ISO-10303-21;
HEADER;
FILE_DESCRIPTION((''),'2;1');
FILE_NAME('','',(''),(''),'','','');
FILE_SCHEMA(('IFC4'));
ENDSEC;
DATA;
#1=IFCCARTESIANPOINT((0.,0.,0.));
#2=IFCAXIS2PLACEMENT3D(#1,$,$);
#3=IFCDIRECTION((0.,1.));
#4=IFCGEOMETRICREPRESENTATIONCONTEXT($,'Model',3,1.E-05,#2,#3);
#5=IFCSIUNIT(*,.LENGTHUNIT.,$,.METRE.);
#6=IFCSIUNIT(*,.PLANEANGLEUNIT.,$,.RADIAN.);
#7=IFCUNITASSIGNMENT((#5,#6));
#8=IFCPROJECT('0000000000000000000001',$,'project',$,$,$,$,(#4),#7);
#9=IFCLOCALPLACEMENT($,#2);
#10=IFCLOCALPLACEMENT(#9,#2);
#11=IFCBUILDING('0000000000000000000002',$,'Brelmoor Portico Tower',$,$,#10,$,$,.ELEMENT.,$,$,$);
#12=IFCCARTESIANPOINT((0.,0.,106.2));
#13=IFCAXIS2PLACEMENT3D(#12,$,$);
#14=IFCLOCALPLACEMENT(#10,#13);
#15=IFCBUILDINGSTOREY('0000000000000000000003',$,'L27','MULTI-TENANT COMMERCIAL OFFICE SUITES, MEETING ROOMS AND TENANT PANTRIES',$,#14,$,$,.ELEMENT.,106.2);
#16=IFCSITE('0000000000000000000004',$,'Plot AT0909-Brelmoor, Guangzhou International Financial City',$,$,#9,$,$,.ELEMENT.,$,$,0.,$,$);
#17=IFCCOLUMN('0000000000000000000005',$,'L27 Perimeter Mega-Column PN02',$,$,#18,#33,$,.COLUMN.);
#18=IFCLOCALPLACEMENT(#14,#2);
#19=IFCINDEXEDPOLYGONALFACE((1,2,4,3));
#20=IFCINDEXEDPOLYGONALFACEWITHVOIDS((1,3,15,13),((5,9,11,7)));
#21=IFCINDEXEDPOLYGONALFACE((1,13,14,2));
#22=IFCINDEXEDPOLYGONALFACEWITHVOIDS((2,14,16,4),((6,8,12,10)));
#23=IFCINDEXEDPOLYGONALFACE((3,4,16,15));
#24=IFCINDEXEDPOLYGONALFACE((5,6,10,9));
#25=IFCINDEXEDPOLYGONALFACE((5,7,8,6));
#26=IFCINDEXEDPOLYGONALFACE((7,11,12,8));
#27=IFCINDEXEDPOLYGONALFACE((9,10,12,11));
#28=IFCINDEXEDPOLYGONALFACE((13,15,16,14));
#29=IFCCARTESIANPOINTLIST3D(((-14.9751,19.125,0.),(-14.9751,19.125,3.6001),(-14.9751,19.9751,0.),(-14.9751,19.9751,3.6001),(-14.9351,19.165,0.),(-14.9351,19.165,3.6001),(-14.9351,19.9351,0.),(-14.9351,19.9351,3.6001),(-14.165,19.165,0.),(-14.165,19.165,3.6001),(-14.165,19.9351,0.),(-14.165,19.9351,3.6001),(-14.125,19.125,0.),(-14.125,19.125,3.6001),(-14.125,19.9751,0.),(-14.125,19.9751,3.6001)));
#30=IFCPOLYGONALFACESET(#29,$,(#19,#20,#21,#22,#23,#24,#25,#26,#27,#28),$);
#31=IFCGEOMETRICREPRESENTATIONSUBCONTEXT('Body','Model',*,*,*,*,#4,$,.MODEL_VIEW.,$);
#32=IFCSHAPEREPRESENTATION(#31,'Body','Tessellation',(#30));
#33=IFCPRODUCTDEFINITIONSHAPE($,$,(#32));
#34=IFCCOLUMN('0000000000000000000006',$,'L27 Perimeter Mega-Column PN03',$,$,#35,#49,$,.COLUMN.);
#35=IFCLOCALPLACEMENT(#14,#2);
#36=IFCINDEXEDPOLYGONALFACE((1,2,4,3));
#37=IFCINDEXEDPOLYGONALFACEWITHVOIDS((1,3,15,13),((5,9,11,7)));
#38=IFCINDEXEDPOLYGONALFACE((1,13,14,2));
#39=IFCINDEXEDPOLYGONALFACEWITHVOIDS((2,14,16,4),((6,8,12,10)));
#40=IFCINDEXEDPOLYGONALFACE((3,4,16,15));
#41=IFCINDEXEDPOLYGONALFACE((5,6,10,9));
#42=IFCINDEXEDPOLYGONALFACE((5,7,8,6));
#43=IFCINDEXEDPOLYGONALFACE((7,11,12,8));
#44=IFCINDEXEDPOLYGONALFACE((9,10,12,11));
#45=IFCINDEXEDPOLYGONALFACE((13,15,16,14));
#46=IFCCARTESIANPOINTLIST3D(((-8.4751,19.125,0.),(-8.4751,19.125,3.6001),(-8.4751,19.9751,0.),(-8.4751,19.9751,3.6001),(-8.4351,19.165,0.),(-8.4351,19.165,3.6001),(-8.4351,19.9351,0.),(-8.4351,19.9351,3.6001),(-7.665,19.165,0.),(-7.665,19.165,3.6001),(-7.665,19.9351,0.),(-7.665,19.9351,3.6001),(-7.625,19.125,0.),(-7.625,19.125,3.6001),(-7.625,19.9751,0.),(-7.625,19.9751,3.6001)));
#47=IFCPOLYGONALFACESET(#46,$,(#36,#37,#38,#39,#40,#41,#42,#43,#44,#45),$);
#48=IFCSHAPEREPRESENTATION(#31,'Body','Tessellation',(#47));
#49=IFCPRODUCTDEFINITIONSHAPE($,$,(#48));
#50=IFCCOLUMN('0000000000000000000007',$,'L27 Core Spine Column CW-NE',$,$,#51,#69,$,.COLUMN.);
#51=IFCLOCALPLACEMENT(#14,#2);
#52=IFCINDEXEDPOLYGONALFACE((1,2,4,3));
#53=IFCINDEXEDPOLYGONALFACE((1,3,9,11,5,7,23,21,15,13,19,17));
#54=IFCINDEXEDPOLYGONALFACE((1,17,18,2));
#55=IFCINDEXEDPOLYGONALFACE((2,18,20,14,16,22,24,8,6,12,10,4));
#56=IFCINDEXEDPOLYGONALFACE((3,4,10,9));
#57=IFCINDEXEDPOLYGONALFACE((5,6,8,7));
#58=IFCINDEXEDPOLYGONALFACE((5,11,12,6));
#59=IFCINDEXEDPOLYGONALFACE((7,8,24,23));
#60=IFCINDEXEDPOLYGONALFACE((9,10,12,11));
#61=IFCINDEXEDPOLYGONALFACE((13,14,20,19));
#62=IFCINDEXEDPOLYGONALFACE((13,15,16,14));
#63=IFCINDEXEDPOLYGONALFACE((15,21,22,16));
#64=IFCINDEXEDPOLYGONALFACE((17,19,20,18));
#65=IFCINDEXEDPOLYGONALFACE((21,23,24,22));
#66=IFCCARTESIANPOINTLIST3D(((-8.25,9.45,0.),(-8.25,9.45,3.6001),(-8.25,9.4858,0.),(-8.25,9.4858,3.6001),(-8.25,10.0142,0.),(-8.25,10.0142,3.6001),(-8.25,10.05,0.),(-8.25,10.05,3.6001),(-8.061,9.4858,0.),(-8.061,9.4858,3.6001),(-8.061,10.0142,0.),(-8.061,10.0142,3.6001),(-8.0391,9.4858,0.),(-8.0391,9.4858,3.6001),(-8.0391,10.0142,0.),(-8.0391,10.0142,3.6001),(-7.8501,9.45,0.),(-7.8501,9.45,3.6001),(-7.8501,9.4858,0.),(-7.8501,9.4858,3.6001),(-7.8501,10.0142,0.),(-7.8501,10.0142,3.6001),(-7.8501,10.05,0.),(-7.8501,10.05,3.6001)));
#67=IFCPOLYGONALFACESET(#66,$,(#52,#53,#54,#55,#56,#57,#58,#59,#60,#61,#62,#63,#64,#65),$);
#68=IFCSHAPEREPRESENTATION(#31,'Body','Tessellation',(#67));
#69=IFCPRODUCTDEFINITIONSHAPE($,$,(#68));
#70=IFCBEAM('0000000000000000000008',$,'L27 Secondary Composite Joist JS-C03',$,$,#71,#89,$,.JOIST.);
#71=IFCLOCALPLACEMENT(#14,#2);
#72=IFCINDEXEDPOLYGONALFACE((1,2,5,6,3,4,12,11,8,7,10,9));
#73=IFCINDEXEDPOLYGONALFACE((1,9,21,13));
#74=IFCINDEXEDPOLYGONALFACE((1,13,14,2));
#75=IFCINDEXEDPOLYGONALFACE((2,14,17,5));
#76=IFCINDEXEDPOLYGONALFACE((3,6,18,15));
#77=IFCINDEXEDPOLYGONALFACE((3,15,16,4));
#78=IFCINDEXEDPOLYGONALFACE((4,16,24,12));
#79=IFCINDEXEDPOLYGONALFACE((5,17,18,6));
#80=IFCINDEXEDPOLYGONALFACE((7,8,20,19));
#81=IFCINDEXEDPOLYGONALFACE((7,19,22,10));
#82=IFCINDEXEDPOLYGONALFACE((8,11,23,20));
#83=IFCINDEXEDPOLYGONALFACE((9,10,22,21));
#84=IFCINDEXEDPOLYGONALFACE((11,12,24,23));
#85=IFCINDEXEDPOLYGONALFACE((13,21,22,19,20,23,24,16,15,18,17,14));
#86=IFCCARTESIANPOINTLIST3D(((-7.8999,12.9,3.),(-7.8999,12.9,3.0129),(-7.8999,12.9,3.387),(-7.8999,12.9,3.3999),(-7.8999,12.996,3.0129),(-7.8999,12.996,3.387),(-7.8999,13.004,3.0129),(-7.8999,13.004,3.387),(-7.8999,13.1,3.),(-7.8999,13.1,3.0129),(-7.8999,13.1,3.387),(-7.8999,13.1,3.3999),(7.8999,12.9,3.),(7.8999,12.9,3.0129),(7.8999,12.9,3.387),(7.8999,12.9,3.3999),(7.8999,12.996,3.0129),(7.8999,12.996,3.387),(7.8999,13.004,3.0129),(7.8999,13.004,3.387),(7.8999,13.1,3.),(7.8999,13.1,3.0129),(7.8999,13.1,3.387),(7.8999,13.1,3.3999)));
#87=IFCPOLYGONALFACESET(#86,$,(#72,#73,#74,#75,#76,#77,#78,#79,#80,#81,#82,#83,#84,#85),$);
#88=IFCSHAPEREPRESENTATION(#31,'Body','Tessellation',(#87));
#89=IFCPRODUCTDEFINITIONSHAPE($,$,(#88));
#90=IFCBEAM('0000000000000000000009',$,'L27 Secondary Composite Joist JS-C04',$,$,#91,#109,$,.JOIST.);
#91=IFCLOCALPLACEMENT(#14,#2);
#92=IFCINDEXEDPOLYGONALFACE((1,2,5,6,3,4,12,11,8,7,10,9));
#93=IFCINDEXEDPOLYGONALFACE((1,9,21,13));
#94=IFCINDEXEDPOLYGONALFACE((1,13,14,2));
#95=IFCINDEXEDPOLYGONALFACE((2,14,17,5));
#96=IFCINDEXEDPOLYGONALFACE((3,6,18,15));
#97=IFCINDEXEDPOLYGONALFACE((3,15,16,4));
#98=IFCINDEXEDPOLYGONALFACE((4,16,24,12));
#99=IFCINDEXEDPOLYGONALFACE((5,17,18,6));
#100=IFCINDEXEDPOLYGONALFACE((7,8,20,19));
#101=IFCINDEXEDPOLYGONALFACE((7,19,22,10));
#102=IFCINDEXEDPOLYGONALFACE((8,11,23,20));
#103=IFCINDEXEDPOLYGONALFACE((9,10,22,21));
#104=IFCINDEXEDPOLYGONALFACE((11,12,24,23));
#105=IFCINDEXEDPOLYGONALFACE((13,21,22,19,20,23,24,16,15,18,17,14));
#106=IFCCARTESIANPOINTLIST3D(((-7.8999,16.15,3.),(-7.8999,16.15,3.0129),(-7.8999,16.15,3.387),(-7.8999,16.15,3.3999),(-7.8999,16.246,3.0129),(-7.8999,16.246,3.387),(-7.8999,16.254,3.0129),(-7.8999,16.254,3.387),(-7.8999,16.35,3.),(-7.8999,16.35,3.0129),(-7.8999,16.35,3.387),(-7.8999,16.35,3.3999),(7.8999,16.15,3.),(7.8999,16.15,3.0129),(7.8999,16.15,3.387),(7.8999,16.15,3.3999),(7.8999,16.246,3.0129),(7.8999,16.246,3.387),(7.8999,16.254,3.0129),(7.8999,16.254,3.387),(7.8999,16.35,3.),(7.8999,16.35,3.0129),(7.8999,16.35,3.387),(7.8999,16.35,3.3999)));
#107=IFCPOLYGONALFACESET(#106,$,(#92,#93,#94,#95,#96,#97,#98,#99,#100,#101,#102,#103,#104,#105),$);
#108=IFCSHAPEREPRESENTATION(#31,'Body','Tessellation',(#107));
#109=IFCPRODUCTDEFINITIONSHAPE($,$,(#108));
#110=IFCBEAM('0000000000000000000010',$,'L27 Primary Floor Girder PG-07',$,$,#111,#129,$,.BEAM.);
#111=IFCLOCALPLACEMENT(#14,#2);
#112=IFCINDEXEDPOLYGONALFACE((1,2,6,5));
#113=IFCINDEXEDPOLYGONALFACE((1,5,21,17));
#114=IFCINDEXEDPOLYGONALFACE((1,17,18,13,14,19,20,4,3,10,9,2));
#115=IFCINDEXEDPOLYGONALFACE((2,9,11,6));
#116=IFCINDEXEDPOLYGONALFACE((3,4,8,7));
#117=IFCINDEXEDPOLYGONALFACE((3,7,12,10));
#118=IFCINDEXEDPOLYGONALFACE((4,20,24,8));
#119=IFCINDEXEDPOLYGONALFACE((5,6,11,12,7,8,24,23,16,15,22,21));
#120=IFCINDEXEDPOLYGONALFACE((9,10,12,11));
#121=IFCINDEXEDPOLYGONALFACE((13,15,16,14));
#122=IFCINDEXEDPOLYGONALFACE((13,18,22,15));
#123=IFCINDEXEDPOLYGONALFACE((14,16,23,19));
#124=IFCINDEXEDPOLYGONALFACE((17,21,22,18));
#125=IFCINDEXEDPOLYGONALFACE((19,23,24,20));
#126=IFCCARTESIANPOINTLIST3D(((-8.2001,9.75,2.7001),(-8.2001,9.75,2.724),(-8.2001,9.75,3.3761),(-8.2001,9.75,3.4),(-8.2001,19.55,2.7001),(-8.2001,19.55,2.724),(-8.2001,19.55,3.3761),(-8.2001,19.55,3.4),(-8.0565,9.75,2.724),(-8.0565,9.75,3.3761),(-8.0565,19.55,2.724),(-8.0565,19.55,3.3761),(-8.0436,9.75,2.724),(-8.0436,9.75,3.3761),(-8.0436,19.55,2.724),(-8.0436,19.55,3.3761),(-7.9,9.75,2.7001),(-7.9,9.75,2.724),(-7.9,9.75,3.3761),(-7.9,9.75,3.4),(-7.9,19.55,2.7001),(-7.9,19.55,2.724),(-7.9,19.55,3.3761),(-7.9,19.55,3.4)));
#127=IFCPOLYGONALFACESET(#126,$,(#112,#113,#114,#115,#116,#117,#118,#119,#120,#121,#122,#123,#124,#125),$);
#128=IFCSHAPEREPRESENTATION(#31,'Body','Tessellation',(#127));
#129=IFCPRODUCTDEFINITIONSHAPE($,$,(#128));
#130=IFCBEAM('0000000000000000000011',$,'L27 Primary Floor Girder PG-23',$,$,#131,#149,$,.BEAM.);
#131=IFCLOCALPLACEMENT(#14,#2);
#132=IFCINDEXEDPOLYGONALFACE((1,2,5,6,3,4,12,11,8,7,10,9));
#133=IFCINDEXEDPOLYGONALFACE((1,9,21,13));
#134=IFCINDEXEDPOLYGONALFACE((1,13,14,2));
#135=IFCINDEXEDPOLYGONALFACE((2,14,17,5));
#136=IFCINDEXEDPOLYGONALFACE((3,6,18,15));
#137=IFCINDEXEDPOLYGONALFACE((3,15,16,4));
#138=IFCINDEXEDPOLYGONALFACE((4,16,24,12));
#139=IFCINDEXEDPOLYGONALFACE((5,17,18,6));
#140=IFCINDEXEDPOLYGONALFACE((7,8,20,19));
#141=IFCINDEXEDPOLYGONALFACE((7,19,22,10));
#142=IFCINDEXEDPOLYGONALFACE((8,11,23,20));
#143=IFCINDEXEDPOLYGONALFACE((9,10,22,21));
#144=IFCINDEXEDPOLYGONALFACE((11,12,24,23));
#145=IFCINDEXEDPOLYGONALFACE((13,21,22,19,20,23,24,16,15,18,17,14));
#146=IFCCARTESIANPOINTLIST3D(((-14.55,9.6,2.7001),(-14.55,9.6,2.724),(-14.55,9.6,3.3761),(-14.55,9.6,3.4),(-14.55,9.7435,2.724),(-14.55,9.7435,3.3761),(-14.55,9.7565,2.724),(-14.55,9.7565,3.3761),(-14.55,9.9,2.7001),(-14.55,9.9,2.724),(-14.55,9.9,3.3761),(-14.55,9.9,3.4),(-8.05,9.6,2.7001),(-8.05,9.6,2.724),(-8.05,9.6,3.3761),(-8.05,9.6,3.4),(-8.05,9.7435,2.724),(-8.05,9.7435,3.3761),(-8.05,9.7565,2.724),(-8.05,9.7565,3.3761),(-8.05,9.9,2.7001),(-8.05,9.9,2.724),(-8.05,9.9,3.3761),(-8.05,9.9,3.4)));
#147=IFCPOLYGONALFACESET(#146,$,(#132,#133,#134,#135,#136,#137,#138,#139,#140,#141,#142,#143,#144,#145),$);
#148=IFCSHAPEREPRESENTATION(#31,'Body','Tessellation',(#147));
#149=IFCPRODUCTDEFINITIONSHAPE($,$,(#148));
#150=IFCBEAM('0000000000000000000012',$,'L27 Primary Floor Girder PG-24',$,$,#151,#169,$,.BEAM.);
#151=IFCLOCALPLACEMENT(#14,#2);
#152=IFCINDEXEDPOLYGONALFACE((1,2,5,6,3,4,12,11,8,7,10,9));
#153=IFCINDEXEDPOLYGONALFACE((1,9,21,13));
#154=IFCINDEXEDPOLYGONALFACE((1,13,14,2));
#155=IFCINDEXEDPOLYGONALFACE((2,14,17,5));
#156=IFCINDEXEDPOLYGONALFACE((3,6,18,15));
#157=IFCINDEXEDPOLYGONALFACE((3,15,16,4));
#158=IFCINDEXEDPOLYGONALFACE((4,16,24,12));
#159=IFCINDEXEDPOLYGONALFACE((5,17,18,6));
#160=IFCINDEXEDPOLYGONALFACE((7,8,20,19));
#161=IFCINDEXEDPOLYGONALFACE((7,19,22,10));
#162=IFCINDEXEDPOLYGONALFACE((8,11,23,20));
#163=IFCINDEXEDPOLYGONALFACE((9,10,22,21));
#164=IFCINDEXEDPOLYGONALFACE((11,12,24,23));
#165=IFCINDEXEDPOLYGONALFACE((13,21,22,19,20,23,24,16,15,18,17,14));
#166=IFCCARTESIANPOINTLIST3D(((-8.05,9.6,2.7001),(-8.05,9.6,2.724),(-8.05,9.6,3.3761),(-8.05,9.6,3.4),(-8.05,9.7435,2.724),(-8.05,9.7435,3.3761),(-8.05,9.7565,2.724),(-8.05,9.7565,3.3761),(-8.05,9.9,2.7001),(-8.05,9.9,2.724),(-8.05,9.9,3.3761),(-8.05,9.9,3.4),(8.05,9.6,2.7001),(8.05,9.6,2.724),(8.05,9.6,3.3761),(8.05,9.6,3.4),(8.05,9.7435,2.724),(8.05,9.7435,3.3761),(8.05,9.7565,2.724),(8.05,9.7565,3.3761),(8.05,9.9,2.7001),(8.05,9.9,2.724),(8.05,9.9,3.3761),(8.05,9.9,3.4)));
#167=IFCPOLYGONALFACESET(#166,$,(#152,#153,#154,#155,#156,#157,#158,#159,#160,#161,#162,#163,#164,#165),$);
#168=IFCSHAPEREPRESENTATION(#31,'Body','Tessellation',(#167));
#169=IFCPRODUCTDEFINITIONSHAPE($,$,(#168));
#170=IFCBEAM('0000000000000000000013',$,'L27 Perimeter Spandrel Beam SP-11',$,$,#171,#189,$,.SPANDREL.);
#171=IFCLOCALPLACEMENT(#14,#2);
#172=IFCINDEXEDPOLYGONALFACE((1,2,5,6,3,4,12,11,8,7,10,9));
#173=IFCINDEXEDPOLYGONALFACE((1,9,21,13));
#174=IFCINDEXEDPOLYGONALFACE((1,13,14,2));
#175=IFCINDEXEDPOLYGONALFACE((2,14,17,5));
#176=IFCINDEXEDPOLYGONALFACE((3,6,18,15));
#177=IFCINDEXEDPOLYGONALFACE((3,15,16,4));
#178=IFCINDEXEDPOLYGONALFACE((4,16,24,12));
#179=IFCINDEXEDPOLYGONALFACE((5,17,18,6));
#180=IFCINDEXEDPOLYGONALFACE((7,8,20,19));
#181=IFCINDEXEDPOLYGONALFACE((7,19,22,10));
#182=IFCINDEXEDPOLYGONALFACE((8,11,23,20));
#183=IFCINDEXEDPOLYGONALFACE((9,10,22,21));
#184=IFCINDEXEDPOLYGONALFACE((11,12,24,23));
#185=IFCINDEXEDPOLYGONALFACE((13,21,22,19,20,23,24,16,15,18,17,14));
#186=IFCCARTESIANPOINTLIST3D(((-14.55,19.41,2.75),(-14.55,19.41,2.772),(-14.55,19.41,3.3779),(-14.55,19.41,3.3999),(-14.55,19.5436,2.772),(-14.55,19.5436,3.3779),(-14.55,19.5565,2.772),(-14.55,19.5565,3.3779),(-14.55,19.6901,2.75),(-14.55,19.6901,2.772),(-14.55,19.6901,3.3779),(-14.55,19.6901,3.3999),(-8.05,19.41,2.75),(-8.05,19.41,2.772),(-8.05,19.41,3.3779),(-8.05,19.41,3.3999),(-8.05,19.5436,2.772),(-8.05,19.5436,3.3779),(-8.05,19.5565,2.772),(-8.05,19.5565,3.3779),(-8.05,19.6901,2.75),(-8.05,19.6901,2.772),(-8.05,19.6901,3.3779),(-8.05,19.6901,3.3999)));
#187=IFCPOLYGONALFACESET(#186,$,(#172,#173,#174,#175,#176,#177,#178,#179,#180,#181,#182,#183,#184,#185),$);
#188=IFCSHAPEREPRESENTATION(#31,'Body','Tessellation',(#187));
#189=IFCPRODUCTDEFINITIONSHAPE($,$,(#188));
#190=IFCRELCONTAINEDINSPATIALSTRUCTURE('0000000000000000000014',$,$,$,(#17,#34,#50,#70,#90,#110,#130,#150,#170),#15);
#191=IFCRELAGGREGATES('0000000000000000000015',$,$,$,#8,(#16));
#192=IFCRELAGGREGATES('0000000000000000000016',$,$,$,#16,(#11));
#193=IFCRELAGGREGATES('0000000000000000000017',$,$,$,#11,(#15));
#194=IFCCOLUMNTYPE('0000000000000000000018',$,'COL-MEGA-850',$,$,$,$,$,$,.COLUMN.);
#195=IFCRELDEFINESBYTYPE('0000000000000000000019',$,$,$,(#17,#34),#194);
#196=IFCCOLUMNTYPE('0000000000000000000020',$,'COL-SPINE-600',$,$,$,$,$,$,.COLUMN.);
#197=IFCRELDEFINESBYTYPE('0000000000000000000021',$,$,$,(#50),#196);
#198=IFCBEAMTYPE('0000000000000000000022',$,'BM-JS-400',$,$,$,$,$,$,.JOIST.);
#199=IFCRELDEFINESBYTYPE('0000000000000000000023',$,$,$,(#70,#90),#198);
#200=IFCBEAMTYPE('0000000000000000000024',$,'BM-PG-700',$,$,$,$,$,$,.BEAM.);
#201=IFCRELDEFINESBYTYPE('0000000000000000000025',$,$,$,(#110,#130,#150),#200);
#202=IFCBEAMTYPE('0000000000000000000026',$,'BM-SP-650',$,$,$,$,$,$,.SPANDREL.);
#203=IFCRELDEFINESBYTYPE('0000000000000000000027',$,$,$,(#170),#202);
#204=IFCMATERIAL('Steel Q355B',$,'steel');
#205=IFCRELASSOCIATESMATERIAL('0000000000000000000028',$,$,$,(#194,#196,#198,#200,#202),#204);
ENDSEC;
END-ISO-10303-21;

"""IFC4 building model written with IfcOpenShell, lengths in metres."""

from ifc_helpers import new_model, si_unit, direction, frame, origin, origin_2d, place, context, subcontext, project, spatial, hollow_rectangle, i_section, extrude, material, material_profile, profile_set, type_object, element, save


model = new_model("IFC4")

# Units and contexts
model_context = context("Model", 3, precision=1e-05, world=origin(), true_north=direction((0.0, 1.0)))
body_context = subcontext(model_context, "Body", "Model", "MODEL_VIEW")
ifc_project = project(units=[si_unit("LENGTHUNIT", "METRE"), si_unit("PLANEANGLEUNIT", "RADIAN")], contexts=[model_context])

# Site, building, storey
site_placement = place(None, origin())
site = spatial("IfcSite", under=ifc_project, at=site_placement, Name="Plot AT0909-Brelmoor, Guangzhou International Financial City", CompositionType="ELEMENT", RefElevation=0.0)
building_placement = place(site_placement, origin())
building = spatial("IfcBuilding", under=site, at=building_placement, Name="Brelmoor Portico Tower", CompositionType="ELEMENT")
storey_placement = place(building_placement, frame((0.0, 0.0, 106.2)))
storey = spatial("IfcBuildingStorey", under=building, at=storey_placement, Name="L27", Description="MULTI-TENANT COMMERCIAL OFFICE SUITES, MEETING ROOMS AND TENANT PANTRIES", CompositionType="ELEMENT", Elevation=106.2)

# Columns
ifc_material_1 = material(Name="Steel Q355B", Category="steel")
ifc_material_profile_1 = material_profile(ifc_material_1, hollow_rectangle(XDim=0.8501, YDim=0.8501, WallThickness=0.04, at=origin_2d()), Name="BOX 850x850x40")
ifc_profile_set_1 = profile_set([ifc_material_profile_1], Name="Steel Q355B")
column_type_1 = type_object("IfcColumnType", Name="COL-MEGA-850", PredefinedType="COLUMN", material=ifc_profile_set_1)
for number, where, z_axis, x_axis, name in (
    (1, (-14.55, 19.55, 0.0), (0.0, 0.0, 1.0), (1.0, 0.0, 0.0), "L27 Perimeter Mega-Column PN02"),
    (2, (-8.05, 19.55, 0.0), (0.0, 0.0, 1.0), (1.0, 0.0, 0.0), "L27 Perimeter Mega-Column PN03"),
):
    element("IfcColumn", number, at=place(storey_placement, frame(where, z_axis=z_axis, x_axis=x_axis)), inside=storey, type_object=column_type_1, Name=name, PredefinedType="COLUMN", context=body_context, shape_type="SweptSolid", body=[
        extrude(hollow_rectangle(XDim=0.8501, YDim=0.8501, WallThickness=0.04, at=origin_2d()), origin(), (0.0, 0.0, 1.0), 3.6001),
    ])
ifc_material_profile_2 = material_profile(ifc_material_1, i_section(OverallWidth=0.3999, OverallDepth=0.6001, WebThickness=0.022, FlangeThickness=0.0359, at=origin_2d()), Name="HW 600x400x22x36")
ifc_profile_set_2 = profile_set([ifc_material_profile_2], Name="Steel Q355B")
column_type_2 = type_object("IfcColumnType", Name="COL-SPINE-600", PredefinedType="COLUMN", material=ifc_profile_set_2)
column_placement = place(storey_placement, frame((-8.05, 9.75, 0.0), z_axis=(0.0, 0.0, 1.0), x_axis=(1.0, 0.0, 0.0)))
element("IfcColumn", 3, at=column_placement, inside=storey, type_object=column_type_2, Name="L27 Core Spine Column CW-NE", PredefinedType="COLUMN", context=body_context, shape_type="SweptSolid", body=[
    extrude(i_section(OverallWidth=0.3999, OverallDepth=0.6001, WebThickness=0.022, FlangeThickness=0.0359, at=origin_2d()), origin(), (0.0, 0.0, 1.0), 3.6001),
])

# Beams
ifc_material_profile_3 = material_profile(ifc_material_1, i_section(OverallWidth=0.2, OverallDepth=0.3999, WebThickness=0.0081, FlangeThickness=0.0129, at=origin_2d()), Name="HN 400x200x8x13")
ifc_profile_set_3 = profile_set([ifc_material_profile_3], Name="Steel Q355B")
beam_type_1 = type_object("IfcBeamType", Name="BM-JS-400", PredefinedType="JOIST", material=ifc_profile_set_3)
for number, where, z_axis, x_axis, name in (
    (4, (-7.8999, 13.0, 3.2), (1.0, 0.0, 0.0), (0.0, 1.0, 0.0), "L27 Secondary Composite Joist JS-C03"),
    (5, (-7.8999, 16.25, 3.2), (1.0, 0.0, 0.0), (0.0, 1.0, 0.0), "L27 Secondary Composite Joist JS-C04"),
):
    element("IfcBeam", number, at=place(storey_placement, frame(where, z_axis=z_axis, x_axis=x_axis)), inside=storey, type_object=beam_type_1, Name=name, PredefinedType="JOIST", context=body_context, shape_type="SweptSolid", body=[
        extrude(i_section(OverallWidth=0.2, OverallDepth=0.3999, WebThickness=0.0081, FlangeThickness=0.0129, at=origin_2d()), origin(), (0.0, 0.0, 1.0), 15.7998),
    ])
ifc_material_profile_4 = material_profile(ifc_material_1, i_section(OverallWidth=0.3, OverallDepth=0.7, WebThickness=0.0129, FlangeThickness=0.0239, at=origin_2d()), Name="HN 700x300x13x24")
ifc_profile_set_4 = profile_set([ifc_material_profile_4], Name="Steel Q355B")
beam_type_2 = type_object("IfcBeamType", Name="BM-PG-700", PredefinedType="BEAM", material=ifc_profile_set_4)
beam_1_placement = place(storey_placement, frame((-8.05, 9.75, 3.05), z_axis=(0.0, 1.0, 0.0), x_axis=(-1.0, 0.0, 0.0)))
element("IfcBeam", 6, at=beam_1_placement, inside=storey, type_object=beam_type_2, Name="L27 Primary Floor Girder PG-07", PredefinedType="BEAM", context=body_context, shape_type="SweptSolid", body=[
    extrude(i_section(OverallWidth=0.3, OverallDepth=0.7, WebThickness=0.0129, FlangeThickness=0.0239, at=origin_2d()), origin(), (0.0, 0.0, 1.0), 9.8),
])
beam_2_placement = place(storey_placement, frame((-14.55, 9.75, 3.05), z_axis=(1.0, 0.0, 0.0), x_axis=(0.0, 1.0, 0.0)))
element("IfcBeam", 7, at=beam_2_placement, inside=storey, type_object=beam_type_2, Name="L27 Primary Floor Girder PG-23", PredefinedType="BEAM", context=body_context, shape_type="SweptSolid", body=[
    extrude(i_section(OverallWidth=0.3, OverallDepth=0.7, WebThickness=0.0129, FlangeThickness=0.0239, at=origin_2d()), origin(), (0.0, 0.0, 1.0), 6.5),
])
beam_3_placement = place(storey_placement, frame((-8.05, 9.75, 3.05), z_axis=(1.0, 0.0, 0.0), x_axis=(0.0, 1.0, 0.0)))
element("IfcBeam", 8, at=beam_3_placement, inside=storey, type_object=beam_type_2, Name="L27 Primary Floor Girder PG-24", PredefinedType="BEAM", context=body_context, shape_type="SweptSolid", body=[
    extrude(i_section(OverallWidth=0.3, OverallDepth=0.7, WebThickness=0.0129, FlangeThickness=0.0239, at=origin_2d()), origin(), (0.0, 0.0, 1.0), 16.1001),
])
ifc_material_profile_5 = material_profile(ifc_material_1, i_section(OverallWidth=0.28, OverallDepth=0.6499, WebThickness=0.0129, FlangeThickness=0.022, at=origin_2d()), Name="HN 650x280x13x22")
ifc_profile_set_5 = profile_set([ifc_material_profile_5], Name="Steel Q355B")
beam_type_3 = type_object("IfcBeamType", Name="BM-SP-650", PredefinedType="SPANDREL", material=ifc_profile_set_5)
beam_4_placement = place(storey_placement, frame((-14.55, 19.55, 3.075), z_axis=(1.0, 0.0, 0.0), x_axis=(0.0, 1.0, 0.0)))
element("IfcBeam", 9, at=beam_4_placement, inside=storey, type_object=beam_type_3, Name="L27 Perimeter Spandrel Beam SP-11", PredefinedType="SPANDREL", context=body_context, shape_type="SweptSolid", body=[
    extrude(i_section(OverallWidth=0.28, OverallDepth=0.6499, WebThickness=0.0129, FlangeThickness=0.022, at=origin_2d()), origin(), (0.0, 0.0, 1.0), 6.5),
])

save(model, "model.ifc")
